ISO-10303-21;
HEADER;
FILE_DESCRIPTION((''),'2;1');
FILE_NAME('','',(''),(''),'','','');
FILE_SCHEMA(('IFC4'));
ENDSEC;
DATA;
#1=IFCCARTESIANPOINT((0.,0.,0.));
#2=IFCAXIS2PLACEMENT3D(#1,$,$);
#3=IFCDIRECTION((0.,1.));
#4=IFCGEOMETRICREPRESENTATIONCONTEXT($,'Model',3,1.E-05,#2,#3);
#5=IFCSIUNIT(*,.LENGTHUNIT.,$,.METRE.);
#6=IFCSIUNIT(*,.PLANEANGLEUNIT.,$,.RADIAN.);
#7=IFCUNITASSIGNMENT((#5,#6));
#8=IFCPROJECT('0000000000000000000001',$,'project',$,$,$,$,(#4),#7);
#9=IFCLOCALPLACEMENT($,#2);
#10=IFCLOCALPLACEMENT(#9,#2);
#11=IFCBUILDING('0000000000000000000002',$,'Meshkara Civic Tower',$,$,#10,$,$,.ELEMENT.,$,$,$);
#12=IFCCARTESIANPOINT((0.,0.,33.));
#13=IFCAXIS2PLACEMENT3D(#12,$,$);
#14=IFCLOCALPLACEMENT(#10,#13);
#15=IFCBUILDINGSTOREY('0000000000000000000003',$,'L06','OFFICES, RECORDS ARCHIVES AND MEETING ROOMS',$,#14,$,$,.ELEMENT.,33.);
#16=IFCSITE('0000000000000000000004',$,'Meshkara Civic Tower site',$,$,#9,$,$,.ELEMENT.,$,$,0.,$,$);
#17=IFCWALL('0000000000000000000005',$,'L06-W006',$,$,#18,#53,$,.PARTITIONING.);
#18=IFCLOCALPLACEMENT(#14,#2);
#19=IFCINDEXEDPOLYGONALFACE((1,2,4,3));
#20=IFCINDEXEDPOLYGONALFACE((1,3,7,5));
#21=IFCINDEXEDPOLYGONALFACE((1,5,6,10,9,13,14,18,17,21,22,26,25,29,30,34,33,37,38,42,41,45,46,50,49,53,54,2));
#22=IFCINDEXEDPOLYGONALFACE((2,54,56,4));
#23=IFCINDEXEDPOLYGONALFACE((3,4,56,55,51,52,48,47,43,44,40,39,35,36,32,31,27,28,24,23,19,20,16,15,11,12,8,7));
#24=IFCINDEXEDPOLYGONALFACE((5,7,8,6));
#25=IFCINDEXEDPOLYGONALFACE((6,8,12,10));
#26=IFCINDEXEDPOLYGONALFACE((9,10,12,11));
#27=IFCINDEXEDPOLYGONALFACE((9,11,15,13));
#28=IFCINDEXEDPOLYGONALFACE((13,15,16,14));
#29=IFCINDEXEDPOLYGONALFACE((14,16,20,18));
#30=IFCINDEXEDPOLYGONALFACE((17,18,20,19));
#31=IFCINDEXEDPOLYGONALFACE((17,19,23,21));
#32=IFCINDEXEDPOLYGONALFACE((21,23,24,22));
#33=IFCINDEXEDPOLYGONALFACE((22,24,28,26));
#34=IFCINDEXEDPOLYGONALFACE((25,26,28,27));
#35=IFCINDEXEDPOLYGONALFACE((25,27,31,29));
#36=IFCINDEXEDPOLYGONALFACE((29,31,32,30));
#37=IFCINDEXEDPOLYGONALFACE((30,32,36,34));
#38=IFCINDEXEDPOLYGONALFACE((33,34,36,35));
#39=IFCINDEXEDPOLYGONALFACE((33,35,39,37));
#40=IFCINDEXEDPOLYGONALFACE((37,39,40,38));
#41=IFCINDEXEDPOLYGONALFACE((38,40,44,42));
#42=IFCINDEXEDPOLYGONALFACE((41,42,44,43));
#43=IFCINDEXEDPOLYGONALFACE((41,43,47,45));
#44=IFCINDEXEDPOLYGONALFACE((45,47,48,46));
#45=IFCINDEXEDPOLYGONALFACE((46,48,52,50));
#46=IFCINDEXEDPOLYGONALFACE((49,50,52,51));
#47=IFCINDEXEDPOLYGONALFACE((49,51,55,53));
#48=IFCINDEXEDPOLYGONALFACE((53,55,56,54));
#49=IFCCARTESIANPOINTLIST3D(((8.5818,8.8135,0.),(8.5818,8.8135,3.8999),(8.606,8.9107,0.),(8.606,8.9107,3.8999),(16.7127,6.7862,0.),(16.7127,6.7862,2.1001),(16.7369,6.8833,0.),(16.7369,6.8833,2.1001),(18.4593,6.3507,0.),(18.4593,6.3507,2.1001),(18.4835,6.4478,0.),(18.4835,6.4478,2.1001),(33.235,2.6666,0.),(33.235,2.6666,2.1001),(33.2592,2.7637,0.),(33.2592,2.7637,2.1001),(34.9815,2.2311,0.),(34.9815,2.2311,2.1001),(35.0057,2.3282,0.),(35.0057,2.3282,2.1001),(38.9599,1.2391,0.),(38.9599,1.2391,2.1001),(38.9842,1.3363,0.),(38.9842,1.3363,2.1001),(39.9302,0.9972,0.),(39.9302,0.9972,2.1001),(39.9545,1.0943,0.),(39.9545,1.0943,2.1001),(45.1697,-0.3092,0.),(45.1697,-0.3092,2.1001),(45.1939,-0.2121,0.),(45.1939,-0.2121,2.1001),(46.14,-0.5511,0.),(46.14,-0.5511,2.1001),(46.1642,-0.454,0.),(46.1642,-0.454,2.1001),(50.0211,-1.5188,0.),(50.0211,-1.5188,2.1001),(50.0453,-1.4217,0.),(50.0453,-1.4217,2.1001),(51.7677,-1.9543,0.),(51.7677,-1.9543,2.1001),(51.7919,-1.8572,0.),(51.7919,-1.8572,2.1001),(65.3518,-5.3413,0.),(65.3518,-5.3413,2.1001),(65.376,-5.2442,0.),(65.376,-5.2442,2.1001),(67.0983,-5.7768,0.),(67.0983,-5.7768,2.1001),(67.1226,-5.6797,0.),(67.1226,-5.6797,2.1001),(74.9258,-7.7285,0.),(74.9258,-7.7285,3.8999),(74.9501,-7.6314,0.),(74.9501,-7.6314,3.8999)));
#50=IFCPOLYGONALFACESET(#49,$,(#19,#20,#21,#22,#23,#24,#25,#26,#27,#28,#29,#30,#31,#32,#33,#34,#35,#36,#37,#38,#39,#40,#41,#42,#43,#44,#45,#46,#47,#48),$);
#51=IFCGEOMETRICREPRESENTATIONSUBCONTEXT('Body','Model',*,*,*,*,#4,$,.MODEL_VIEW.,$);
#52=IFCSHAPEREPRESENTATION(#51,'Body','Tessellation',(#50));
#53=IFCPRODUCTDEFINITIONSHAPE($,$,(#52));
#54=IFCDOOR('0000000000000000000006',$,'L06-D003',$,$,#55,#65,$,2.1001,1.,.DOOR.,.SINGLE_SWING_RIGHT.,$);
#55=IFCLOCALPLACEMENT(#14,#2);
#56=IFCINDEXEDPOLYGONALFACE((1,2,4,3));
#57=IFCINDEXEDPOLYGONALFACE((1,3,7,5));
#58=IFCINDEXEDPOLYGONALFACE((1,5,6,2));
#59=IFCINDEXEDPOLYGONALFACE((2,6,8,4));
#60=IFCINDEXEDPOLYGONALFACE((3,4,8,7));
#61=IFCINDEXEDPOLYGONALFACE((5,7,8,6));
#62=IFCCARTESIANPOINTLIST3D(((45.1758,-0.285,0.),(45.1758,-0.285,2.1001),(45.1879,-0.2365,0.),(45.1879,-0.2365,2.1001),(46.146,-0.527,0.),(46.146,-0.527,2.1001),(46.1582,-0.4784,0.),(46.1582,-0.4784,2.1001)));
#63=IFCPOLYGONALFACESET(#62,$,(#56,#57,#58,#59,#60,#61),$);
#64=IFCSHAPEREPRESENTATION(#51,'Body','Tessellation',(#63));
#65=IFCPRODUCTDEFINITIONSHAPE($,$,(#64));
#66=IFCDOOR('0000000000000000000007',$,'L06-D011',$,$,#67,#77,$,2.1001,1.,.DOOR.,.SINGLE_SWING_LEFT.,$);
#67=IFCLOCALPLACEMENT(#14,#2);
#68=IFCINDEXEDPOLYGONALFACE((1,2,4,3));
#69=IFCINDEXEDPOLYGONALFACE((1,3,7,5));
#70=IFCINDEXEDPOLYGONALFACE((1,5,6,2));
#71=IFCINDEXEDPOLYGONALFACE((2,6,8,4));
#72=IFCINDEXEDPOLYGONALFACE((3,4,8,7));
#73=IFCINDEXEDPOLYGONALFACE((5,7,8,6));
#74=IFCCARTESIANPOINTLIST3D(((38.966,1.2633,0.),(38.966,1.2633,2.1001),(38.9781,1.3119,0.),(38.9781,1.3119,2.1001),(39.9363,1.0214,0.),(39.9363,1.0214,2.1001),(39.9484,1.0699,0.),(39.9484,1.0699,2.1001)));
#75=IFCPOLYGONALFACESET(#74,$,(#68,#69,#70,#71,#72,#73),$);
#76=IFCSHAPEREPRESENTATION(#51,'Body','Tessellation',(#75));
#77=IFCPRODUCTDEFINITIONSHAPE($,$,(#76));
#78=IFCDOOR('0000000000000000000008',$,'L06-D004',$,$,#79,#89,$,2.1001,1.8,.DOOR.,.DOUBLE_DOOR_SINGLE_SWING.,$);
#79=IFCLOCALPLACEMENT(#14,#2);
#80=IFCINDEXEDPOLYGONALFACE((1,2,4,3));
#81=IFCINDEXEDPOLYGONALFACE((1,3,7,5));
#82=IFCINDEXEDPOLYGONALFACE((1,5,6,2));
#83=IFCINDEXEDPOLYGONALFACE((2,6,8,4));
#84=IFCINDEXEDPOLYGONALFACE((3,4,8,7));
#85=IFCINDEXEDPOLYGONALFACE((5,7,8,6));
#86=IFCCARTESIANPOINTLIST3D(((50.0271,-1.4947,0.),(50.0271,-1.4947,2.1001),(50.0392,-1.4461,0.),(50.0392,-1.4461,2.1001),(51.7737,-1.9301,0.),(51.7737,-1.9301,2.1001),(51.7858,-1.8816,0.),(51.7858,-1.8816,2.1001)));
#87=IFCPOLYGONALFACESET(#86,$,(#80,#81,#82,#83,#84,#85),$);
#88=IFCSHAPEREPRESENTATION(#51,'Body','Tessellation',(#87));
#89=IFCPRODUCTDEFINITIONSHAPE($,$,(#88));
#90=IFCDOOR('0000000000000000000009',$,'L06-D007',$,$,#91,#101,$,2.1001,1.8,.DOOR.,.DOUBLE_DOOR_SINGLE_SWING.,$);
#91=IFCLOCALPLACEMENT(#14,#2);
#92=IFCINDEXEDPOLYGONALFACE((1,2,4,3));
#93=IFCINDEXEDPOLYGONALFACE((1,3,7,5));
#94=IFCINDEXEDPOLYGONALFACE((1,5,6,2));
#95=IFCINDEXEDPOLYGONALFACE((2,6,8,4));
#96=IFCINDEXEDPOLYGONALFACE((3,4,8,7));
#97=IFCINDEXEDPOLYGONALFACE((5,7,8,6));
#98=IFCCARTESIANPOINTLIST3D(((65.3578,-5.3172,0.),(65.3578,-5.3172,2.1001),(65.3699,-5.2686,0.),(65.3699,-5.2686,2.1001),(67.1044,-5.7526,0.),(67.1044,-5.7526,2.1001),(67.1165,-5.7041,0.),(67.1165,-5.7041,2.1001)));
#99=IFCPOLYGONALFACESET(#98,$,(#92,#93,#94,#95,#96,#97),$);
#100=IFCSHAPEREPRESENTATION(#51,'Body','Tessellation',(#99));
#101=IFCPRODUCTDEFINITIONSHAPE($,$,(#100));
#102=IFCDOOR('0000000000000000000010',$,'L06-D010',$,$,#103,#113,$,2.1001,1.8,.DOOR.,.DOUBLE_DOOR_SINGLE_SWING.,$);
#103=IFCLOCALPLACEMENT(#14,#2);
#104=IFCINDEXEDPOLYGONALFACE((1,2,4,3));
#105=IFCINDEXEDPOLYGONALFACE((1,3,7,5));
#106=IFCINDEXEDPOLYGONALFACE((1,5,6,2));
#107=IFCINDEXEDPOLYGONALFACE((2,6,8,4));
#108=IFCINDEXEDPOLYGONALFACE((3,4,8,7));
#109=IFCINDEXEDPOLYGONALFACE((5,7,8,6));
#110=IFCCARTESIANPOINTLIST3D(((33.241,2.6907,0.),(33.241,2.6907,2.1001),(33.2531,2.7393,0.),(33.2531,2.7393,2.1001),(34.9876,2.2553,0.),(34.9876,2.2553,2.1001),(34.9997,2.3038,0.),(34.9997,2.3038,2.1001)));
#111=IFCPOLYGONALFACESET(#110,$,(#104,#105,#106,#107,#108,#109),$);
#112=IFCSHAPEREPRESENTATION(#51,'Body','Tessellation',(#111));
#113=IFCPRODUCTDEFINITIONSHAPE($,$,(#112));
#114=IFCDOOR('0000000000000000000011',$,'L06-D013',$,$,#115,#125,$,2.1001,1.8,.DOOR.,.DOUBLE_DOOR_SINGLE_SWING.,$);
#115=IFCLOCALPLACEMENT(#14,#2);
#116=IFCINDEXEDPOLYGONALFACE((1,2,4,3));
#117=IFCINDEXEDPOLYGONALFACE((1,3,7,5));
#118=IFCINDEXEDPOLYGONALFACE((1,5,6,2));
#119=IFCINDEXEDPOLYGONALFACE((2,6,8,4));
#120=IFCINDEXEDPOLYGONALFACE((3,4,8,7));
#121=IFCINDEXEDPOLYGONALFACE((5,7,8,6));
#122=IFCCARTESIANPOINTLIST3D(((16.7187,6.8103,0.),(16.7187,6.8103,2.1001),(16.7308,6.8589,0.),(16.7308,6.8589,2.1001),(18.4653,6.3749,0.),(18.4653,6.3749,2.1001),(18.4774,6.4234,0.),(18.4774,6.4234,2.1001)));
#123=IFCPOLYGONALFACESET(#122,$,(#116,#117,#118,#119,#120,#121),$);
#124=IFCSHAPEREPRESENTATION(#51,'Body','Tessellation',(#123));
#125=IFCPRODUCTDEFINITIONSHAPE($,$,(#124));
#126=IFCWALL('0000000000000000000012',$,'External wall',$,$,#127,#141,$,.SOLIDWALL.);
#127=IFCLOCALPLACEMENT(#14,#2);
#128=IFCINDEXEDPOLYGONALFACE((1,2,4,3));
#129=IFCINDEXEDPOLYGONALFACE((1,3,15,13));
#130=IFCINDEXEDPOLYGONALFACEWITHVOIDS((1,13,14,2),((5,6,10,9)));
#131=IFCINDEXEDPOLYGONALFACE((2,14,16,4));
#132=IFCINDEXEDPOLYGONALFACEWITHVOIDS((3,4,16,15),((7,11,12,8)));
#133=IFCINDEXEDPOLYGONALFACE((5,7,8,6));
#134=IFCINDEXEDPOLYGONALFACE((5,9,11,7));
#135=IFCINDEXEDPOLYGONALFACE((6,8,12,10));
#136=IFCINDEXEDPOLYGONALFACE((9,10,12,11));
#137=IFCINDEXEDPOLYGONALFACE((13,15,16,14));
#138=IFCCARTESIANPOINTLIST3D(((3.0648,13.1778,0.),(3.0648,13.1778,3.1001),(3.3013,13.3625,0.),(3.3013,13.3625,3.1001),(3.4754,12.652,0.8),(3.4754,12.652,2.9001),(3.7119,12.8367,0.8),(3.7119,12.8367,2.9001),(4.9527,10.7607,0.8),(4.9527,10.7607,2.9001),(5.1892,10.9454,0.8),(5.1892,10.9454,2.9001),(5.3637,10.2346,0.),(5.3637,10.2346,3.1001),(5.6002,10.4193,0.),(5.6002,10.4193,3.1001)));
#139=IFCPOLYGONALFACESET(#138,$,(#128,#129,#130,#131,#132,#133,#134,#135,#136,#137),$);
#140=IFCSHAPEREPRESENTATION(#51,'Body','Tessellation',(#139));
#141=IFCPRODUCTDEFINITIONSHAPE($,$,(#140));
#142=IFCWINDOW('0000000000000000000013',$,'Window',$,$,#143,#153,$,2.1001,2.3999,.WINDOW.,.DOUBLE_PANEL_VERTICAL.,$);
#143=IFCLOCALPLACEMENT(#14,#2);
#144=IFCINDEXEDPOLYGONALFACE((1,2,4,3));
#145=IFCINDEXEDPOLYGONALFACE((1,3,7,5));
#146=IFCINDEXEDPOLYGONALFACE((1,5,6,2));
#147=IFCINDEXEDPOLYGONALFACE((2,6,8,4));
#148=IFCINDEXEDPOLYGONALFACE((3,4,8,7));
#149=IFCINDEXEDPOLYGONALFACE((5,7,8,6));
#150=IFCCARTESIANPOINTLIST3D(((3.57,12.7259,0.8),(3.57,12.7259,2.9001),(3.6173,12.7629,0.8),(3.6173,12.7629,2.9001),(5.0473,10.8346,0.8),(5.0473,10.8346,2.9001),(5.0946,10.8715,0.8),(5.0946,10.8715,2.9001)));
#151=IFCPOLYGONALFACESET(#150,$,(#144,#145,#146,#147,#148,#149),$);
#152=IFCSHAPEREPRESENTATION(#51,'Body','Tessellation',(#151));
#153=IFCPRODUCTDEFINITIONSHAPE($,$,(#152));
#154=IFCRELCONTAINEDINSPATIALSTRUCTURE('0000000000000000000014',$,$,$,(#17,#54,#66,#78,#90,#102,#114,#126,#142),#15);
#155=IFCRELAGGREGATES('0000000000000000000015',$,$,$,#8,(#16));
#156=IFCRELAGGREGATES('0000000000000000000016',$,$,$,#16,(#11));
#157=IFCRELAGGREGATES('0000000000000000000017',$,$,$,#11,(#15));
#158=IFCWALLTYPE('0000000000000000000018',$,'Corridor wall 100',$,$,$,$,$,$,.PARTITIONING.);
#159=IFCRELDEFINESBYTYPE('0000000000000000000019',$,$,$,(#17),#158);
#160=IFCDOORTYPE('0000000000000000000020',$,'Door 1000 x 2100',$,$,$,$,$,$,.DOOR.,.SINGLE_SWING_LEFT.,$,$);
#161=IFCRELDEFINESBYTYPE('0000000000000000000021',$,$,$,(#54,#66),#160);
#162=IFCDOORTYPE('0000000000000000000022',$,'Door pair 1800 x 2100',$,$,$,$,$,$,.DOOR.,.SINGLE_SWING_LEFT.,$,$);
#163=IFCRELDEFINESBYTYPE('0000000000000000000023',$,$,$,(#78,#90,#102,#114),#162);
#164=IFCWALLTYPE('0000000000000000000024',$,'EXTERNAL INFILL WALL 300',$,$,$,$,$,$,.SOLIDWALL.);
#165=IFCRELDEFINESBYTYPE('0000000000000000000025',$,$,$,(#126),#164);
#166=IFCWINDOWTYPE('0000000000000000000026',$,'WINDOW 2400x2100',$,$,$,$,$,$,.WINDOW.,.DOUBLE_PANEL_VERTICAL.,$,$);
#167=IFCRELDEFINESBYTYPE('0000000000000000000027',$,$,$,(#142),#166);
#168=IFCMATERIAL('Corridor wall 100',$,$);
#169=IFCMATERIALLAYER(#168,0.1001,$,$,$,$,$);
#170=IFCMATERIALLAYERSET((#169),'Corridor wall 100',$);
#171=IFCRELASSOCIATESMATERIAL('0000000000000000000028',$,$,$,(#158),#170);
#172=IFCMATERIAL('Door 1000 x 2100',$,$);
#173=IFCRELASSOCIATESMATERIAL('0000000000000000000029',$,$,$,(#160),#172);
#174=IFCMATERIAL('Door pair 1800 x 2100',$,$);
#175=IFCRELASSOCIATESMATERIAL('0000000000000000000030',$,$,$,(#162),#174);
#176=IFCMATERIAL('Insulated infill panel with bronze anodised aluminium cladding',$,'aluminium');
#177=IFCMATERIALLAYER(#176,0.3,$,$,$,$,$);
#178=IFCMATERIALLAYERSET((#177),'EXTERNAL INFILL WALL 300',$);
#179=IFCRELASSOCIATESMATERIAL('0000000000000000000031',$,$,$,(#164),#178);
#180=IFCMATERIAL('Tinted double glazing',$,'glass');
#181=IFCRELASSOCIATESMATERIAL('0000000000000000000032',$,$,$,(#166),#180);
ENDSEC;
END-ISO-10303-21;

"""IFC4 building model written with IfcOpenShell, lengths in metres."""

from ifc_helpers import new_model, si_unit, direction, frame, frame_2d, origin, place, context, subcontext, project, spatial, rectangle, extrude, material, layer, layer_set, type_object, element, fill, save


model = new_model("IFC4")

# Units and contexts
model_context = context("Model", 3, precision=1e-05, world=origin(), true_north=direction((0.0, 1.0)))
body_context = subcontext(model_context, "Body", "Model", "MODEL_VIEW")
ifc_project = project(units=[si_unit("LENGTHUNIT", "METRE"), si_unit("PLANEANGLEUNIT", "RADIAN")], contexts=[model_context])

# Site, building, storey
site_placement = place(None, origin())
site = spatial("IfcSite", under=ifc_project, at=site_placement, Name="Meshkara Civic Tower site", CompositionType="ELEMENT", RefElevation=0.0)
building_placement = place(site_placement, origin())
building = spatial("IfcBuilding", under=site, at=building_placement, Name="Meshkara Civic Tower", CompositionType="ELEMENT")
storey_placement = place(building_placement, frame((0.0, 0.0, 33.0)))
storey = spatial("IfcBuildingStorey", under=building, at=storey_placement, Name="L06", Description="OFFICES, RECORDS ARCHIVES AND MEETING ROOMS", CompositionType="ELEMENT", Elevation=33.0)

# Shared definitions
ifc_material_1 = material(Name="Corridor wall 100")
ifc_layer_1 = layer(ifc_material_1, 0.1001)
ifc_layer_set_1 = layer_set([ifc_layer_1], Name="Corridor wall 100")
wall_type_1 = type_object("IfcWallType", Name="Corridor wall 100", PredefinedType="PARTITIONING", material=ifc_layer_set_1)
ifc_material_2 = material(Name="Door 1000 x 2100")
door_type_1 = type_object("IfcDoorType", Name="Door 1000 x 2100", OperationType="SINGLE_SWING_LEFT", PredefinedType="DOOR", material=ifc_material_2)

# Wall, openings, doors
wall_1_placement = place(storey_placement, frame((8.594, 8.8621, 0.0), z_axis=(0.0, 0.0, 1.0), x_axis=(0.970294, -0.24193, 0.0)))
wall_1 = element("IfcWall", 1, at=wall_1_placement, inside=storey, type_object=wall_type_1, Name="L06-W006", PredefinedType="PARTITIONING", context=body_context, shape_type="SweptSolid", body=[
    extrude(rectangle(XDim=68.3752, YDim=0.1001, at=frame_2d((34.1875, 0.0))), origin(), (0.0, 0.0, 1.0), 3.8999),
])
opening_1_placement = place(wall_1_placement, frame((37.708, 0.0, 0.0)))
opening_1 = element("IfcOpeningElement", 2, at=opening_1_placement, cuts=wall_1, PredefinedType="OPENING", context=body_context, shape_type="SweptSolid", body=[
    extrude(rectangle(XDim=1.0, YDim=2.1001, at=frame_2d((0.5, 1.05))), frame((0.0, 0.0601, 0.0), z_axis=(0.0, -1.0, 0.0), x_axis=(1.0, 0.0, 0.0)), (0.0, 0.0, 1.0), 0.1201),
])
opening_2_placement = place(wall_1_placement, frame((42.708, 0.0, 0.0)))
opening_2 = element("IfcOpeningElement", 3, at=opening_2_placement, cuts=wall_1, PredefinedType="OPENING", context=body_context, shape_type="SweptSolid", body=[
    extrude(rectangle(XDim=1.8, YDim=2.1001, at=frame_2d((0.8999, 1.05))), frame((0.0, 0.0601, 0.0), z_axis=(0.0, -1.0, 0.0), x_axis=(1.0, 0.0, 0.0)), (0.0, 0.0, 1.0), 0.1201),
])
opening_3_placement = place(wall_1_placement, frame((58.5081, 0.0, 0.0)))
opening_3 = element("IfcOpeningElement", 4, at=opening_3_placement, cuts=wall_1, PredefinedType="OPENING", context=body_context, shape_type="SweptSolid", body=[
    extrude(rectangle(XDim=1.8, YDim=2.1001, at=frame_2d((0.8999, 1.05))), frame((0.0, 0.0601, 0.0), z_axis=(0.0, -1.0, 0.0), x_axis=(1.0, 0.0, 0.0)), (0.0, 0.0, 1.0), 0.1201),
])
opening_4_placement = place(wall_1_placement, frame((25.408, 0.0, 0.0)))
opening_4 = element("IfcOpeningElement", 5, at=opening_4_placement, cuts=wall_1, PredefinedType="OPENING", context=body_context, shape_type="SweptSolid", body=[
    extrude(rectangle(XDim=1.8, YDim=2.1001, at=frame_2d((0.8999, 1.05))), frame((0.0, 0.0601, 0.0), z_axis=(0.0, -1.0, 0.0), x_axis=(1.0, 0.0, 0.0)), (0.0, 0.0, 1.0), 0.1201),
])
opening_5_placement = place(wall_1_placement, frame((31.3081, 0.0, 0.0)))
opening_5 = element("IfcOpeningElement", 6, at=opening_5_placement, cuts=wall_1, PredefinedType="OPENING", context=body_context, shape_type="SweptSolid", body=[
    extrude(rectangle(XDim=1.0, YDim=2.1001, at=frame_2d((0.5, 1.05))), frame((0.0, 0.0601, 0.0), z_axis=(0.0, -1.0, 0.0), x_axis=(1.0, 0.0, 0.0)), (0.0, 0.0, 1.0), 0.1201),
])
opening_6_placement = place(wall_1_placement, frame((8.3799, 0.0, 0.0)))
opening_6 = element("IfcOpeningElement", 7, at=opening_6_placement, cuts=wall_1, PredefinedType="OPENING", context=body_context, shape_type="SweptSolid", body=[
    extrude(rectangle(XDim=1.8, YDim=2.1001, at=frame_2d((0.8999, 1.05))), frame((0.0, 0.0601, 0.0), z_axis=(0.0, -1.0, 0.0), x_axis=(1.0, 0.0, 0.0)), (0.0, 0.0, 1.0), 0.1201),
])
door_1_placement = place(opening_1_placement, origin())
door_1 = element("IfcDoor", 8, at=door_1_placement, inside=storey, type_object=door_type_1, Name="L06-D003", OperationType="SINGLE_SWING_RIGHT", OverallHeight=2.1001, OverallWidth=1.0, PredefinedType="DOOR", context=body_context, shape_type="SweptSolid", body=[
    extrude(rectangle(XDim=1.0, YDim=2.1001, at=frame_2d((0.5, 1.05))), frame((0.0, 0.0249, 0.0), z_axis=(0.0, -1.0, 0.0), x_axis=(1.0, 0.0, 0.0)), (0.0, 0.0, 1.0), 0.05),
])
fill(opening_1, door_1)
door_2_placement = place(opening_5_placement, origin())
door_2 = element("IfcDoor", 9, at=door_2_placement, inside=storey, type_object=door_type_1, Name="L06-D011", OperationType="SINGLE_SWING_LEFT", OverallHeight=2.1001, OverallWidth=1.0, PredefinedType="DOOR", context=body_context, shape_type="SweptSolid", body=[
    extrude(rectangle(XDim=1.0, YDim=2.1001, at=frame_2d((0.5, 1.05))), frame((0.0, 0.0249, 0.0), z_axis=(0.0, -1.0, 0.0), x_axis=(1.0, 0.0, 0.0)), (0.0, 0.0, 1.0), 0.05),
])
fill(opening_5, door_2)
ifc_material_3 = material(Name="Door pair 1800 x 2100")
door_type_2 = type_object("IfcDoorType", Name="Door pair 1800 x 2100", OperationType="SINGLE_SWING_LEFT", PredefinedType="DOOR", material=ifc_material_3)
door_3_placement = place(opening_2_placement, origin())
door_3 = element("IfcDoor", 10, at=door_3_placement, inside=storey, type_object=door_type_2, Name="L06-D004", OperationType="DOUBLE_DOOR_SINGLE_SWING", OverallHeight=2.1001, OverallWidth=1.8, PredefinedType="DOOR", context=body_context, shape_type="SweptSolid", body=[
    extrude(rectangle(XDim=1.8, YDim=2.1001, at=frame_2d((0.8999, 1.05))), frame((0.0, 0.0249, 0.0), z_axis=(0.0, -1.0, 0.0), x_axis=(1.0, 0.0, 0.0)), (0.0, 0.0, 1.0), 0.05),
])
fill(opening_2, door_3)
door_4_placement = place(opening_3_placement, origin())
door_4 = element("IfcDoor", 11, at=door_4_placement, inside=storey, type_object=door_type_2, Name="L06-D007", OperationType="DOUBLE_DOOR_SINGLE_SWING", OverallHeight=2.1001, OverallWidth=1.8, PredefinedType="DOOR", context=body_context, shape_type="SweptSolid", body=[
    extrude(rectangle(XDim=1.8, YDim=2.1001, at=frame_2d((0.8999, 1.05))), frame((0.0, 0.0249, 0.0), z_axis=(0.0, -1.0, 0.0), x_axis=(1.0, 0.0, 0.0)), (0.0, 0.0, 1.0), 0.05),
])
fill(opening_3, door_4)
door_5_placement = place(opening_4_placement, origin())
door_5 = element("IfcDoor", 12, at=door_5_placement, inside=storey, type_object=door_type_2, Name="L06-D010", OperationType="DOUBLE_DOOR_SINGLE_SWING", OverallHeight=2.1001, OverallWidth=1.8, PredefinedType="DOOR", context=body_context, shape_type="SweptSolid", body=[
    extrude(rectangle(XDim=1.8, YDim=2.1001, at=frame_2d((0.8999, 1.05))), frame((0.0, 0.0249, 0.0), z_axis=(0.0, -1.0, 0.0), x_axis=(1.0, 0.0, 0.0)), (0.0, 0.0, 1.0), 0.05),
])
fill(opening_4, door_5)
door_6_placement = place(opening_6_placement, origin())
door_6 = element("IfcDoor", 13, at=door_6_placement, inside=storey, type_object=door_type_2, Name="L06-D013", OperationType="DOUBLE_DOOR_SINGLE_SWING", OverallHeight=2.1001, OverallWidth=1.8, PredefinedType="DOOR", context=body_context, shape_type="SweptSolid", body=[
    extrude(rectangle(XDim=1.8, YDim=2.1001, at=frame_2d((0.8999, 1.05))), frame((0.0, 0.0249, 0.0), z_axis=(0.0, -1.0, 0.0), x_axis=(1.0, 0.0, 0.0)), (0.0, 0.0, 1.0), 0.05),
])
fill(opening_6, door_6)

# Wall, opening, window
ifc_material_4 = material(Name="Insulated infill panel with bronze anodised aluminium cladding", Category="aluminium")
ifc_layer_2 = layer(ifc_material_4, 0.3)
ifc_layer_set_2 = layer_set([ifc_layer_2], Name="EXTERNAL INFILL WALL 300")
wall_type_2 = type_object("IfcWallType", Name="EXTERNAL INFILL WALL 300", PredefinedType="SOLIDWALL", material=ifc_layer_set_2)
wall_2_placement = place(storey_placement, frame((3.1831, 13.27, 0.0), z_axis=(0.0, 0.0, 1.0), x_axis=(0.615564, -0.788087, 0.0)))
wall_2 = element("IfcWall", 14, at=wall_2_placement, inside=storey, type_object=wall_type_2, Name="External wall", PredefinedType="SOLIDWALL", context=body_context, shape_type="SweptSolid", body=[
    extrude(rectangle(XDim=3.7346, YDim=0.3, at=frame_2d((1.8672, 0.0))), origin(), (0.0, 0.0, 1.0), 3.1001),
])
opening_7_placement = place(wall_2_placement, frame((0.667, 0.0, 0.8)))
opening_7 = element("IfcOpeningElement", 15, at=opening_7_placement, cuts=wall_2, PredefinedType="OPENING", context=body_context, shape_type="SweptSolid", body=[
    extrude(rectangle(XDim=2.3999, YDim=2.1001, at=frame_2d((1.2, 1.05))), frame((0.0, 0.1599, 0.0), z_axis=(0.0, -1.0, 0.0), x_axis=(1.0, 0.0, 0.0)), (0.0, 0.0, 1.0), 0.3201),
])
ifc_material_5 = material(Name="Tinted double glazing", Category="glass")
window_type = type_object("IfcWindowType", Name="WINDOW 2400x2100", PartitioningType="DOUBLE_PANEL_VERTICAL", PredefinedType="WINDOW", material=ifc_material_5)
window_1_placement = place(opening_7_placement, origin())
window_1 = element("IfcWindow", 16, at=window_1_placement, inside=storey, type_object=window_type, Name="Window", OverallHeight=2.1001, OverallWidth=2.3999, PartitioningType="DOUBLE_PANEL_VERTICAL", PredefinedType="WINDOW", context=body_context, shape_type="SweptSolid", body=[
    extrude(rectangle(XDim=2.3999, YDim=2.1001, at=frame_2d((1.2, 1.05))), frame((0.0, 0.03, 0.0), z_axis=(0.0, -1.0, 0.0), x_axis=(1.0, 0.0, 0.0)), (0.0, 0.0, 1.0), 0.0601),
])
fill(opening_7, window_1)

save(model, "model.ifc")
